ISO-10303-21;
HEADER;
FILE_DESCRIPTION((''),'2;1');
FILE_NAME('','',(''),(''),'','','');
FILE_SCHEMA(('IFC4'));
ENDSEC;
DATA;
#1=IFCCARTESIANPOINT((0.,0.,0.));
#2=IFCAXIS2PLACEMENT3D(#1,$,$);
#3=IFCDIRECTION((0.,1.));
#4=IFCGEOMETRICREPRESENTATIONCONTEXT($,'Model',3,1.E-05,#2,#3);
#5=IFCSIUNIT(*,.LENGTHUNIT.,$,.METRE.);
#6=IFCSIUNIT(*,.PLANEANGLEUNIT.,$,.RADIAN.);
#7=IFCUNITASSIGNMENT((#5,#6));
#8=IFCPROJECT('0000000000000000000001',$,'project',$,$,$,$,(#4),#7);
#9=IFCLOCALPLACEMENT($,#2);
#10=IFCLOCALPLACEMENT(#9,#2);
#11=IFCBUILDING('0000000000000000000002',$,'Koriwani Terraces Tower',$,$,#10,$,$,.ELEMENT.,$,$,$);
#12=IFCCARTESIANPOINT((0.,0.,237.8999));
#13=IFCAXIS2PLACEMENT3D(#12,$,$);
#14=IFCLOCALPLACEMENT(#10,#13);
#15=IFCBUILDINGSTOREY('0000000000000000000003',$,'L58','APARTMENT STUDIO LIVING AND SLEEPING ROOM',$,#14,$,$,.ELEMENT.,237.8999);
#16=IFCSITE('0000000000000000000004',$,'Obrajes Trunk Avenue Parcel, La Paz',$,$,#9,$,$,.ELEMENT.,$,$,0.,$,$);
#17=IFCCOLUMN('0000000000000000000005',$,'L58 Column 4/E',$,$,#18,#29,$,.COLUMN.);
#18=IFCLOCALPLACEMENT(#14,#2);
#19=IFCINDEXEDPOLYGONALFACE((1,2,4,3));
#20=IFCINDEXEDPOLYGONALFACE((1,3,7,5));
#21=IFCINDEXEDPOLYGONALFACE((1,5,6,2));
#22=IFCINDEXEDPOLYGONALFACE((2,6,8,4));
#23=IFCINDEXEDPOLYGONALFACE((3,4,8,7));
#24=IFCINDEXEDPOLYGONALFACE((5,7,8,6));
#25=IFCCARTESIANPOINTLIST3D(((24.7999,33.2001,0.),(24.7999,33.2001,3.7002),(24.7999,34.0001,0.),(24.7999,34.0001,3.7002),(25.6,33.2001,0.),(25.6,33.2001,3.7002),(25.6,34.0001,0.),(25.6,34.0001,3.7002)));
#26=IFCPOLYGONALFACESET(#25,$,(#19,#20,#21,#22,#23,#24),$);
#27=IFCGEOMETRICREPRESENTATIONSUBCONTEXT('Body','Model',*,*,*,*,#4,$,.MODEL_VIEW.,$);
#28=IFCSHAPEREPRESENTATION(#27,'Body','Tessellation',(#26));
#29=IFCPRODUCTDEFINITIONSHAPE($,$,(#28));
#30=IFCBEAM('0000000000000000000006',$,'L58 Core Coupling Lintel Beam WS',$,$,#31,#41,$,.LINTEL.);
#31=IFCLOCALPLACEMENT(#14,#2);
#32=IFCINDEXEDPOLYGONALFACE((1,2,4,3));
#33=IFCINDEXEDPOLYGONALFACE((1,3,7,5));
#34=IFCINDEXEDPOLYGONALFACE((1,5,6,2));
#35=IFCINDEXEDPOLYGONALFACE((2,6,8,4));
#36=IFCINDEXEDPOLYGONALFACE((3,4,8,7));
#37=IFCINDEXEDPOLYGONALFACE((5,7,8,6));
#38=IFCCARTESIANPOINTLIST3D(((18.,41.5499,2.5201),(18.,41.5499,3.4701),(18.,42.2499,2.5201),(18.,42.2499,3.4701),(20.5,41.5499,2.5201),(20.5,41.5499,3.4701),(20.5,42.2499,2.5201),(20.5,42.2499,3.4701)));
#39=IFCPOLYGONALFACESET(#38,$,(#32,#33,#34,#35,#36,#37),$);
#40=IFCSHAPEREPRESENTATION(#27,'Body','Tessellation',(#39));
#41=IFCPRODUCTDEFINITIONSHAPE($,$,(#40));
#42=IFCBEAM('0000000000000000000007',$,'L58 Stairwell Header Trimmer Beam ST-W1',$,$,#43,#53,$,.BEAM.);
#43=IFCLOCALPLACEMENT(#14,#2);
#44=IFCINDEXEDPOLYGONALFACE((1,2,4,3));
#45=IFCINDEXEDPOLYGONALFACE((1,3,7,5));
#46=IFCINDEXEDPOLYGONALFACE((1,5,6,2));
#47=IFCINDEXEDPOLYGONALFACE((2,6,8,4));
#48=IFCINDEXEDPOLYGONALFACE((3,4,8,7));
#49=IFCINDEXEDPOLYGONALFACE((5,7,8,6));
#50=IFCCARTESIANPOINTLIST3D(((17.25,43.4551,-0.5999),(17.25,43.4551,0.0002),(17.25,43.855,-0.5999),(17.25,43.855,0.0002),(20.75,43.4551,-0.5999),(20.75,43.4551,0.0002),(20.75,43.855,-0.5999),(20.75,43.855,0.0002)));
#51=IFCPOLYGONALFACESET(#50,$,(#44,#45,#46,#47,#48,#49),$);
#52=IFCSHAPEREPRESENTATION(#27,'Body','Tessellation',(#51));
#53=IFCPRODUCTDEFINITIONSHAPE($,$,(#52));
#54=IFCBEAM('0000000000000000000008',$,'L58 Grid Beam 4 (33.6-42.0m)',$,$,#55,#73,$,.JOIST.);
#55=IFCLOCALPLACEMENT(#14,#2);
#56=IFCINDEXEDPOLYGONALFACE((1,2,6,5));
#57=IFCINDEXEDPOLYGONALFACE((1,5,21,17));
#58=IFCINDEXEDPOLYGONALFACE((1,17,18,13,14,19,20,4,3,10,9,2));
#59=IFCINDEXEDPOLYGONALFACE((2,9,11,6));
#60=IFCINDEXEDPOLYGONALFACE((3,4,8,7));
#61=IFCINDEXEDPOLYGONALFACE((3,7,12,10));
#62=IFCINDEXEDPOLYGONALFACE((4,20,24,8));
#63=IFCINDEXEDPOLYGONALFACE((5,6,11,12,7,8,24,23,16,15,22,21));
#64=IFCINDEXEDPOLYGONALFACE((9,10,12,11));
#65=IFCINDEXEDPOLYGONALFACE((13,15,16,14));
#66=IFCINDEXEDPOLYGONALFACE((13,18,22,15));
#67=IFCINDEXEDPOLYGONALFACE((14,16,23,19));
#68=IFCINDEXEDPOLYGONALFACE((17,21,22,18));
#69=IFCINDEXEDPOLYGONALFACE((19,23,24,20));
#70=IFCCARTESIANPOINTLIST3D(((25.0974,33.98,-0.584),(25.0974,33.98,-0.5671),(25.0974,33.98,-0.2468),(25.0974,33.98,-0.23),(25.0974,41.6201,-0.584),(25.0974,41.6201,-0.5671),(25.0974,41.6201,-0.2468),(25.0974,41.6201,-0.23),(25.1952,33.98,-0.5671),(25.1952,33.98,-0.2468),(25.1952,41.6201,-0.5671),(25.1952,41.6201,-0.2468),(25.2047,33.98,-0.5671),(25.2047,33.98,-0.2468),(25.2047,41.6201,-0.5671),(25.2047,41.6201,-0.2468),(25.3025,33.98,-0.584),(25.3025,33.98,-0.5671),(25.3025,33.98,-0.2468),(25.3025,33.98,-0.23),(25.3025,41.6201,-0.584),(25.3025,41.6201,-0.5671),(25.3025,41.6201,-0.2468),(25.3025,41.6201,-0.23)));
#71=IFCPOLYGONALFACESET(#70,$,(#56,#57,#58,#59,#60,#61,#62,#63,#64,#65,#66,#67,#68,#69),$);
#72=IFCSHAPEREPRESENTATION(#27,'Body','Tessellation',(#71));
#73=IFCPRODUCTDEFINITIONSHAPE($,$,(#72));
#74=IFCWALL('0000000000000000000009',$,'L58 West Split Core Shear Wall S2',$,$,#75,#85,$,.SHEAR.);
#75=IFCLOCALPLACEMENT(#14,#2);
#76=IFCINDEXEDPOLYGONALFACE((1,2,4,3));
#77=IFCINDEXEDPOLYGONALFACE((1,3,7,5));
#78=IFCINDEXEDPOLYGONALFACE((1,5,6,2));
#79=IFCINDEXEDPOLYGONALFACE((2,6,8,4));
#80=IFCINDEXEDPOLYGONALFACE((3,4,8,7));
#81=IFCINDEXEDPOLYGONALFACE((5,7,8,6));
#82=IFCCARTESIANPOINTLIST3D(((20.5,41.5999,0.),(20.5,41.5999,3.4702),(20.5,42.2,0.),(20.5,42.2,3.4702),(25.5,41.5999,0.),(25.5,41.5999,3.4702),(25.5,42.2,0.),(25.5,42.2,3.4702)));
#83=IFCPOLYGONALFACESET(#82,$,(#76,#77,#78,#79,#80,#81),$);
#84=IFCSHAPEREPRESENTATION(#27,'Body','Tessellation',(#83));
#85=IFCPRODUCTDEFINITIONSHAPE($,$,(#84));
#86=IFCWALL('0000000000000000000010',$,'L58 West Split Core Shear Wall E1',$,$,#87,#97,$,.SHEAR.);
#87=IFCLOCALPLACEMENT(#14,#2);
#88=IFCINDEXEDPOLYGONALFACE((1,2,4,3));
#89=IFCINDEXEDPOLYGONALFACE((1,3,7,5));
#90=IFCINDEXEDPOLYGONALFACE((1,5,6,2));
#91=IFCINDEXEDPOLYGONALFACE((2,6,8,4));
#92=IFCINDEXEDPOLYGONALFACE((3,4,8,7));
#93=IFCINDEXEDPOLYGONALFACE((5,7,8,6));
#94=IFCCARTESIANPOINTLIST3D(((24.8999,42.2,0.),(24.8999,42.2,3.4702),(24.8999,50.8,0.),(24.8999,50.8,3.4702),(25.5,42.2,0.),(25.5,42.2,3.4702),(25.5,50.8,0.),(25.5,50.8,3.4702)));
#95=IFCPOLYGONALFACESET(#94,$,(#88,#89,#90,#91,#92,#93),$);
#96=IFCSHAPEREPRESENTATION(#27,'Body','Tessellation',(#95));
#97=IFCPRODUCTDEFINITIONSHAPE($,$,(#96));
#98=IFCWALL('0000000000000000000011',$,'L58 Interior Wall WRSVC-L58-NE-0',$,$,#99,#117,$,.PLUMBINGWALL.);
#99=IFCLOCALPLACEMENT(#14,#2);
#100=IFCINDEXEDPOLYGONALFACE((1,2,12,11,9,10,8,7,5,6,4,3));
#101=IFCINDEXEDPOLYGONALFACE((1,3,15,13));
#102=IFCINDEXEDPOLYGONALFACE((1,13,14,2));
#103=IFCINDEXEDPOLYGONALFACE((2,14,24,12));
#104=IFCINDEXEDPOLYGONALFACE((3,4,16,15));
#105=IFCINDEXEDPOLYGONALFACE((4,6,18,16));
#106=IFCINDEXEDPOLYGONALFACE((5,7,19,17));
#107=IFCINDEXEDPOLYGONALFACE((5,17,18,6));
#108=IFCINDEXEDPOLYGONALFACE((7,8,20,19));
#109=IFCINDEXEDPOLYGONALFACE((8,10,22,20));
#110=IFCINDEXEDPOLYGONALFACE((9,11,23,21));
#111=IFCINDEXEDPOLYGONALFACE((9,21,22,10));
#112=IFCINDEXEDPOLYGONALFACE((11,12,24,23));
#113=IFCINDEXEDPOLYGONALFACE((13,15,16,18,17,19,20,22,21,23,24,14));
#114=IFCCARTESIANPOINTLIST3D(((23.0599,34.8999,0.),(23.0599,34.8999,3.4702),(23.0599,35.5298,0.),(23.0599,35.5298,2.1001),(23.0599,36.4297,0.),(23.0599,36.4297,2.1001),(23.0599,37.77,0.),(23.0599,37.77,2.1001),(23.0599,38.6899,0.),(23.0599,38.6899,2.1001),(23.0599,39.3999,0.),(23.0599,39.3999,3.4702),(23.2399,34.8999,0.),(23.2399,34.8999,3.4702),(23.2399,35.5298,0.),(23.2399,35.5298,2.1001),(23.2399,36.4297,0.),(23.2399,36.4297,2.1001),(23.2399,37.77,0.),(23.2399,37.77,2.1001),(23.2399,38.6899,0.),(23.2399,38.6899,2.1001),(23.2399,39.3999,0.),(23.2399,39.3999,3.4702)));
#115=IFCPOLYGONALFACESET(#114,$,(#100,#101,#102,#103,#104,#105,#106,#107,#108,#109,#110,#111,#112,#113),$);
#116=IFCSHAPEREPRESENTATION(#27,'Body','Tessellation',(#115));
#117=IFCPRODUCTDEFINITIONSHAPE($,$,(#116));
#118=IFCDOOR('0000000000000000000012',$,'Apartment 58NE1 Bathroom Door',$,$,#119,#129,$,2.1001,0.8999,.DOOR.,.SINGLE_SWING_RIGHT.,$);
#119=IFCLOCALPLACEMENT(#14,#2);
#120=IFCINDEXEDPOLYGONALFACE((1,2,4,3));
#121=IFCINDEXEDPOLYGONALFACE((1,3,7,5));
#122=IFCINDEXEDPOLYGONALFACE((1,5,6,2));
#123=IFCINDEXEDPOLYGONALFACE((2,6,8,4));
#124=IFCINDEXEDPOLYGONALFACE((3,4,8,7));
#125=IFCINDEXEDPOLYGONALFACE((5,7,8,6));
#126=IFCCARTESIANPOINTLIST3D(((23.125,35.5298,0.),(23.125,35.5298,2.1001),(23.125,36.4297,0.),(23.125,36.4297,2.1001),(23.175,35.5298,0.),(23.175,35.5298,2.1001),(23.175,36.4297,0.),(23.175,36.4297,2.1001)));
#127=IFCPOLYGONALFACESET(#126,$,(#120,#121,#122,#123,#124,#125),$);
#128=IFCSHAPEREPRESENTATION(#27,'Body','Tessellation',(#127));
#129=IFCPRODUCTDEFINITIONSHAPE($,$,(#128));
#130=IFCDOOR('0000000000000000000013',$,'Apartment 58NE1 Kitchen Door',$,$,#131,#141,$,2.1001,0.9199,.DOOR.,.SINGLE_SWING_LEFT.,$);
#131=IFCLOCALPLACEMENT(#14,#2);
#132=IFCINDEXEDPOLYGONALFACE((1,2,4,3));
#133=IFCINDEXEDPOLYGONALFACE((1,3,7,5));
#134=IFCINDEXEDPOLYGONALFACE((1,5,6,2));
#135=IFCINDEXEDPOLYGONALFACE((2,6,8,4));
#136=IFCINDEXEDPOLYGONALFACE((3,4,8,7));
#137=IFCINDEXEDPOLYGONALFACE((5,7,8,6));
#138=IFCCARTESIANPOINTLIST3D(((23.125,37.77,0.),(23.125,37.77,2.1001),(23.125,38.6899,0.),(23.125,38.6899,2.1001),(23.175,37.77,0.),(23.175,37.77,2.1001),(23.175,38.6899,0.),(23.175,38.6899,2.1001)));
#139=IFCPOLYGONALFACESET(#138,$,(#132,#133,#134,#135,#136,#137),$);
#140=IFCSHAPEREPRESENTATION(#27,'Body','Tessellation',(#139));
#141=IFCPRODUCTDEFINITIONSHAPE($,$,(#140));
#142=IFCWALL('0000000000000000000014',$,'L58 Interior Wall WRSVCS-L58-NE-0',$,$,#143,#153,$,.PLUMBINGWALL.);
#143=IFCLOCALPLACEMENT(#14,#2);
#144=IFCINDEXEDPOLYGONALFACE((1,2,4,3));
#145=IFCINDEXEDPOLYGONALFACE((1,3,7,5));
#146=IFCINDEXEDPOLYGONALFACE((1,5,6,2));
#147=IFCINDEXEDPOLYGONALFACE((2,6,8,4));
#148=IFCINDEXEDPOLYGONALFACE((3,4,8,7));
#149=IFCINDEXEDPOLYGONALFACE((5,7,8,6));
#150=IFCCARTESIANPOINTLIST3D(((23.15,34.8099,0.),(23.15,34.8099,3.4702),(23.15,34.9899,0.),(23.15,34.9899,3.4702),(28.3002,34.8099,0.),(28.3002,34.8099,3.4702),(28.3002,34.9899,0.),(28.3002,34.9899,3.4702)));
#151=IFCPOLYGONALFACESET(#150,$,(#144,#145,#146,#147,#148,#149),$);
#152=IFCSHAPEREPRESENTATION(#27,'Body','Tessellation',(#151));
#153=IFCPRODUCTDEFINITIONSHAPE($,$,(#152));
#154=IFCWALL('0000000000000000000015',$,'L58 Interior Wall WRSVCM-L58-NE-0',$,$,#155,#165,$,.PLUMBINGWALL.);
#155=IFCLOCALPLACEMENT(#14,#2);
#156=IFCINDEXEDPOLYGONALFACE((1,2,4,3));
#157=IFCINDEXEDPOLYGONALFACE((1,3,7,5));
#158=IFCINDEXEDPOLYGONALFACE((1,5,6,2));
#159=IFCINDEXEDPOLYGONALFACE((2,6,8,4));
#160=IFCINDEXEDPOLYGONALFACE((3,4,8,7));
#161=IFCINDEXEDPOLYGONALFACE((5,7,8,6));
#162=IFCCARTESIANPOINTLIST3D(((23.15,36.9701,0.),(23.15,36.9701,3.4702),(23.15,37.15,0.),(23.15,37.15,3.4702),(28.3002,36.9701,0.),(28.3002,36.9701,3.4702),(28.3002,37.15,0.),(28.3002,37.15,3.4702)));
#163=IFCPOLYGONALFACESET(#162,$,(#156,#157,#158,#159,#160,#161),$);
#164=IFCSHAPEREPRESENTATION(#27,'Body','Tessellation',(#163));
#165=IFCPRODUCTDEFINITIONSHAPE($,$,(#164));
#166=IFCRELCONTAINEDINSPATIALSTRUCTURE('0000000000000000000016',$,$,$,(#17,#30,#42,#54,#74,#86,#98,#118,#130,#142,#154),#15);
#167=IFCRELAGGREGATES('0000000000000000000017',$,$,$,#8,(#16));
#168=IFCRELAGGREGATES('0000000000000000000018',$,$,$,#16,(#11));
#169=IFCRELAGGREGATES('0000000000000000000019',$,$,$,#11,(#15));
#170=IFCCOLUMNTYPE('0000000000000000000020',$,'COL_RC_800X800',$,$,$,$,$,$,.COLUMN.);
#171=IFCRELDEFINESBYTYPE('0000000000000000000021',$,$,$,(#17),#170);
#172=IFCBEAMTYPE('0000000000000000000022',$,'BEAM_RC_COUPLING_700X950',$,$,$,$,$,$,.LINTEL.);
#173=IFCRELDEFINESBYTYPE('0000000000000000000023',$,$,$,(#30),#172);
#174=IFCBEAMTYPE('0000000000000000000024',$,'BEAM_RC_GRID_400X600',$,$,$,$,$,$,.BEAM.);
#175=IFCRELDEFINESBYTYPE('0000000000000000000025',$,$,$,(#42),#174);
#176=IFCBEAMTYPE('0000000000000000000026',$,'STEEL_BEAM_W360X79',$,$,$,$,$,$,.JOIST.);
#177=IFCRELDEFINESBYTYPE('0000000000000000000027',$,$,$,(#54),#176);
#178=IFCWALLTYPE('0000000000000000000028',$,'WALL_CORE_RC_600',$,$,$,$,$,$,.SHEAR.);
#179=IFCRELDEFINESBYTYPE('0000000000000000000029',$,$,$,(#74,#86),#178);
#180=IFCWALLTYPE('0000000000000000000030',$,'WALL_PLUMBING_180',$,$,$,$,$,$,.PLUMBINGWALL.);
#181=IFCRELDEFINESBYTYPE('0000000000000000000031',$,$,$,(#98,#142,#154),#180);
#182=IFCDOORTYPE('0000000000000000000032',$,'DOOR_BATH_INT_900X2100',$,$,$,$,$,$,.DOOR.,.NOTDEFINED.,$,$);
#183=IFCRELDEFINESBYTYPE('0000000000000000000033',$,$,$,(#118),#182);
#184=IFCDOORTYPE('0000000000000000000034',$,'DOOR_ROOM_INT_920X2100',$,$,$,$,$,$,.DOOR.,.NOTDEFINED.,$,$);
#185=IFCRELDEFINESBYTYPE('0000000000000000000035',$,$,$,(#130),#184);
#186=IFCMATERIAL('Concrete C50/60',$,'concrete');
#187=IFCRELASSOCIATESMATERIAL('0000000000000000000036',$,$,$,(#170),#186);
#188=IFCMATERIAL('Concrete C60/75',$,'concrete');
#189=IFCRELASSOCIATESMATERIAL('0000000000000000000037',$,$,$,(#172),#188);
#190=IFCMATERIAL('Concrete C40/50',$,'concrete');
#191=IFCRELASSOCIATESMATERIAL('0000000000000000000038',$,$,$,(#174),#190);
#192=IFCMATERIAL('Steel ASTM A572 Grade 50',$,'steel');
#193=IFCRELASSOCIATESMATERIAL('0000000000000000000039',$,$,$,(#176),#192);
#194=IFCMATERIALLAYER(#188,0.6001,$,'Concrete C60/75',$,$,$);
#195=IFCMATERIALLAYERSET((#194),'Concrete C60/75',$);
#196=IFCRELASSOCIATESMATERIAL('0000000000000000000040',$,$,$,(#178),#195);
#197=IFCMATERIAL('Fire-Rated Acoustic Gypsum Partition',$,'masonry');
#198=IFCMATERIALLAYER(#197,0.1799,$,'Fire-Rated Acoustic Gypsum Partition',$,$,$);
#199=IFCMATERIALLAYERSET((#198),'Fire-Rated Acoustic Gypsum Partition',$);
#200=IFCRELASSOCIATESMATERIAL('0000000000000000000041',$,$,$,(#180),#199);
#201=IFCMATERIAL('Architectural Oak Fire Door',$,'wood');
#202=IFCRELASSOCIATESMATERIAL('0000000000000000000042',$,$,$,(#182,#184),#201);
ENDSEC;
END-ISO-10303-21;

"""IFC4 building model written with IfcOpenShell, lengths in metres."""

from ifc_helpers import new_model, si_unit, direction, frame, frame_2d, origin, origin_2d, place, context, subcontext, project, spatial, rectangle, i_section, extrude, material, layer, layer_set, material_profile, profile_set, type_object, element, fill, save


model = new_model("IFC4")

# Units and contexts
model_context = context("Model", 3, precision=1e-05, world=origin(), true_north=direction((0.0, 1.0)))
body_context = subcontext(model_context, "Body", "Model", "MODEL_VIEW")
ifc_project = project(units=[si_unit("LENGTHUNIT", "METRE"), si_unit("PLANEANGLEUNIT", "RADIAN")], contexts=[model_context])

# Site, building, storey
site_placement = place(None, origin())
site = spatial("IfcSite", under=ifc_project, at=site_placement, Name="Obrajes Trunk Avenue Parcel, La Paz", CompositionType="ELEMENT", RefElevation=0.0)
building_placement = place(site_placement, origin())
building = spatial("IfcBuilding", under=site, at=building_placement, Name="Koriwani Terraces Tower", CompositionType="ELEMENT")
storey_placement = place(building_placement, frame((0.0, 0.0, 237.8999)))
storey = spatial("IfcBuildingStorey", under=building, at=storey_placement, Name="L58", Description="APARTMENT STUDIO LIVING AND SLEEPING ROOM", CompositionType="ELEMENT", Elevation=237.8999)

# Column
ifc_material_1 = material(Name="Concrete C50/60", Category="concrete")
ifc_material_profile_1 = material_profile(ifc_material_1, rectangle(XDim=0.8, YDim=0.8, at=origin_2d()), Name="Concrete C50/60", Category="LoadBearing")
ifc_profile_set_1 = profile_set([ifc_material_profile_1], Name="Concrete C50/60")
column_type = type_object("IfcColumnType", Name="COL_RC_800X800", PredefinedType="COLUMN", material=ifc_profile_set_1)
column_placement = place(storey_placement, frame((25.2, 33.6001, 0.0), z_axis=(0.0, 0.0, 1.0), x_axis=(1.0, 0.0, 0.0)))
element("IfcColumn", 1, at=column_placement, inside=storey, type_object=column_type, Name="L58 Column 4/E", PredefinedType="COLUMN", context=body_context, shape_type="SweptSolid", body=[
    extrude(rectangle(XDim=0.8, YDim=0.8, at=origin_2d()), origin(), (0.0, 0.0, 1.0), 3.7002),
])

# Beams
ifc_material_2 = material(Name="Concrete C60/75", Category="concrete")
ifc_material_profile_2 = material_profile(ifc_material_2, rectangle(XDim=0.7, YDim=0.95, at=origin_2d()), Name="Concrete C60/75", Category="LoadBearing")
ifc_profile_set_2 = profile_set([ifc_material_profile_2], Name="Concrete C60/75")
beam_type_1 = type_object("IfcBeamType", Name="BEAM_RC_COUPLING_700X950", PredefinedType="LINTEL", material=ifc_profile_set_2)
beam_1_placement = place(storey_placement, frame((18.0, 41.8999, 2.9951), z_axis=(1.0, 0.0, 0.0), x_axis=(0.0, 1.0, 0.0)))
element("IfcBeam", 2, at=beam_1_placement, inside=storey, type_object=beam_type_1, Name="L58 Core Coupling Lintel Beam WS", PredefinedType="LINTEL", context=body_context, shape_type="SweptSolid", body=[
    extrude(rectangle(XDim=0.7, YDim=0.95, at=origin_2d()), origin(), (0.0, 0.0, 1.0), 2.5),
])
ifc_material_3 = material(Name="Concrete C40/50", Category="concrete")
ifc_material_profile_3 = material_profile(ifc_material_3, rectangle(XDim=0.3999, YDim=0.6001, at=origin_2d()), Name="Concrete C40/50", Category="LoadBearing")
ifc_profile_set_3 = profile_set([ifc_material_profile_3], Name="Concrete C40/50")
beam_type_2 = type_object("IfcBeamType", Name="BEAM_RC_GRID_400X600", PredefinedType="BEAM", material=ifc_profile_set_3)
beam_2_placement = place(storey_placement, frame((17.25, 43.655, -0.2998), z_axis=(1.0, 0.0, 0.0), x_axis=(0.0, 1.0, 0.0)))
element("IfcBeam", 3, at=beam_2_placement, inside=storey, type_object=beam_type_2, Name="L58 Stairwell Header Trimmer Beam ST-W1", PredefinedType="BEAM", context=body_context, shape_type="SweptSolid", body=[
    extrude(rectangle(XDim=0.3999, YDim=0.6001, at=origin_2d()), origin(), (0.0, 0.0, 1.0), 3.5),
])
ifc_material_4 = material(Name="Steel ASTM A572 Grade 50", Category="steel")
ifc_material_profile_4 = material_profile(ifc_material_4, i_section(OverallWidth=0.2051, OverallDepth=0.354, WebThickness=0.0095, FlangeThickness=0.0168, at=origin_2d()), Name="Steel ASTM A572 Grade 50", Category="LoadBearing")
ifc_profile_set_4 = profile_set([ifc_material_profile_4], Name="Steel ASTM A572 Grade 50")
beam_type_3 = type_object("IfcBeamType", Name="STEEL_BEAM_W360X79", PredefinedType="JOIST", material=ifc_profile_set_4)
beam_3_placement = place(storey_placement, frame((25.2, 33.98, -0.407), z_axis=(0.0, 1.0, 0.0), x_axis=(-1.0, 0.0, 0.0)))
element("IfcBeam", 4, at=beam_3_placement, inside=storey, type_object=beam_type_3, Name="L58 Grid Beam 4 (33.6-42.0m)", PredefinedType="JOIST", context=body_context, shape_type="SweptSolid", body=[
    extrude(i_section(OverallWidth=0.2051, OverallDepth=0.354, WebThickness=0.0095, FlangeThickness=0.0168, at=origin_2d()), origin(), (0.0, 0.0, 1.0), 7.6401),
])

# Walls
ifc_layer_1 = layer(ifc_material_2, 0.6001, Name="Concrete C60/75")
ifc_layer_set_1 = layer_set([ifc_layer_1], Name="Concrete C60/75")
wall_type_1 = type_object("IfcWallType", Name="WALL_CORE_RC_600", PredefinedType="SHEAR", material=ifc_layer_set_1)
wall_1_placement = place(storey_placement, frame((20.5, 41.8999, 0.0), z_axis=(0.0, 0.0, 1.0), x_axis=(1.0, 0.0, 0.0)))
element("IfcWall", 5, at=wall_1_placement, inside=storey, type_object=wall_type_1, Name="L58 West Split Core Shear Wall S2", PredefinedType="SHEAR", context=body_context, shape_type="SweptSolid", body=[
    extrude(rectangle(XDim=5.0, YDim=0.6001, at=frame_2d((2.5, 0.0))), origin(), (0.0, 0.0, 1.0), 3.4702),
])
wall_2_placement = place(storey_placement, frame((25.2, 42.2, 0.0), z_axis=(0.0, 0.0, 1.0), x_axis=(0.0, 1.0, 0.0)))
element("IfcWall", 6, at=wall_2_placement, inside=storey, type_object=wall_type_1, Name="L58 West Split Core Shear Wall E1", PredefinedType="SHEAR", context=body_context, shape_type="SweptSolid", body=[
    extrude(rectangle(XDim=8.6001, YDim=0.6001, at=frame_2d((4.3, 0.0))), origin(), (0.0, 0.0, 1.0), 3.4702),
])

# Wall, openings, doors
ifc_material_5 = material(Name="Fire-Rated Acoustic Gypsum Partition", Category="masonry")
ifc_layer_2 = layer(ifc_material_5, 0.1799, Name="Fire-Rated Acoustic Gypsum Partition")
ifc_layer_set_2 = layer_set([ifc_layer_2], Name="Fire-Rated Acoustic Gypsum Partition")
wall_type_2 = type_object("IfcWallType", Name="WALL_PLUMBING_180", PredefinedType="PLUMBINGWALL", material=ifc_layer_set_2)
wall_3_placement = place(storey_placement, frame((23.1499, 34.8999, 0.0), z_axis=(0.0, 0.0, 1.0), x_axis=(0.0, 1.0, 0.0)))
wall_3 = element("IfcWall", 7, at=wall_3_placement, inside=storey, type_object=wall_type_2, Name="L58 Interior Wall WRSVC-L58-NE-0", PredefinedType="PLUMBINGWALL", context=body_context, shape_type="SweptSolid", body=[
    extrude(rectangle(XDim=4.5, YDim=0.1799, at=frame_2d((2.25, 0.0))), origin(), (0.0, 0.0, 1.0), 3.4702),
])
opening_1_placement = place(wall_3_placement, frame((0.6299, 0.0, 0.0)))
opening_1 = element("IfcOpeningElement", 8, at=opening_1_placement, cuts=wall_3, PredefinedType="OPENING", context=body_context, shape_type="SweptSolid", body=[
    extrude(rectangle(XDim=0.8999, YDim=2.1001, at=frame_2d((0.45, 1.05))), frame((0.0, 0.1001, 0.0), z_axis=(0.0, -1.0, 0.0), x_axis=(1.0, 0.0, 0.0)), (0.0, 0.0, 1.0), 0.2),
])
opening_2_placement = place(wall_3_placement, frame((2.8701, 0.0, 0.0)))
opening_2 = element("IfcOpeningElement", 9, at=opening_2_placement, cuts=wall_3, PredefinedType="OPENING", context=body_context, shape_type="SweptSolid", body=[
    extrude(rectangle(XDim=0.9199, YDim=2.1001, at=frame_2d((0.46, 1.05))), frame((0.0, 0.1001, 0.0), z_axis=(0.0, -1.0, 0.0), x_axis=(1.0, 0.0, 0.0)), (0.0, 0.0, 1.0), 0.2),
])
ifc_material_6 = material(Name="Architectural Oak Fire Door", Category="wood")
door_type_1 = type_object("IfcDoorType", Name="DOOR_BATH_INT_900X2100", OperationType="NOTDEFINED", PredefinedType="DOOR", material=ifc_material_6)
door_1_placement = place(opening_1_placement, origin())
door_1 = element("IfcDoor", 10, at=door_1_placement, inside=storey, type_object=door_type_1, Name="Apartment 58NE1 Bathroom Door", OperationType="SINGLE_SWING_RIGHT", OverallHeight=2.1001, OverallWidth=0.8999, PredefinedType="DOOR", context=body_context, shape_type="SweptSolid", body=[
    extrude(rectangle(XDim=0.8999, YDim=2.1001, at=frame_2d((0.45, 1.05))), frame((0.0, 0.0249, 0.0), z_axis=(0.0, -1.0, 0.0), x_axis=(1.0, 0.0, 0.0)), (0.0, 0.0, 1.0), 0.05),
])
fill(opening_1, door_1)
door_type_2 = type_object("IfcDoorType", Name="DOOR_ROOM_INT_920X2100", OperationType="NOTDEFINED", PredefinedType="DOOR", material=ifc_material_6)
door_2_placement = place(opening_2_placement, origin())
door_2 = element("IfcDoor", 11, at=door_2_placement, inside=storey, type_object=door_type_2, Name="Apartment 58NE1 Kitchen Door", OperationType="SINGLE_SWING_LEFT", OverallHeight=2.1001, OverallWidth=0.9199, PredefinedType="DOOR", context=body_context, shape_type="SweptSolid", body=[
    extrude(rectangle(XDim=0.9199, YDim=2.1001, at=frame_2d((0.46, 1.05))), frame((0.0, 0.0249, 0.0), z_axis=(0.0, -1.0, 0.0), x_axis=(1.0, 0.0, 0.0)), (0.0, 0.0, 1.0), 0.05),
])
fill(opening_2, door_2)

# Walls
for number, where, z_axis, x_axis, name in (
    (12, (23.1499, 34.8999, 0.0), (0.0, 0.0, 1.0), (1.0, 0.0, 0.0), "L58 Interior Wall WRSVCS-L58-NE-0"),
    (13, (23.1499, 37.0601, 0.0), (0.0, 0.0, 1.0), (1.0, 0.0, 0.0), "L58 Interior Wall WRSVCM-L58-NE-0"),
):
    element("IfcWall", number, at=place(storey_placement, frame(where, z_axis=z_axis, x_axis=x_axis)), inside=storey, type_object=wall_type_2, Name=name, PredefinedType="PLUMBINGWALL", context=body_context, shape_type="SweptSolid", body=[
        extrude(rectangle(XDim=5.1501, YDim=0.1799, at=frame_2d((2.5752, 0.0))), origin(), (0.0, 0.0, 1.0), 3.4702),
    ])

save(model, "model.ifc")
